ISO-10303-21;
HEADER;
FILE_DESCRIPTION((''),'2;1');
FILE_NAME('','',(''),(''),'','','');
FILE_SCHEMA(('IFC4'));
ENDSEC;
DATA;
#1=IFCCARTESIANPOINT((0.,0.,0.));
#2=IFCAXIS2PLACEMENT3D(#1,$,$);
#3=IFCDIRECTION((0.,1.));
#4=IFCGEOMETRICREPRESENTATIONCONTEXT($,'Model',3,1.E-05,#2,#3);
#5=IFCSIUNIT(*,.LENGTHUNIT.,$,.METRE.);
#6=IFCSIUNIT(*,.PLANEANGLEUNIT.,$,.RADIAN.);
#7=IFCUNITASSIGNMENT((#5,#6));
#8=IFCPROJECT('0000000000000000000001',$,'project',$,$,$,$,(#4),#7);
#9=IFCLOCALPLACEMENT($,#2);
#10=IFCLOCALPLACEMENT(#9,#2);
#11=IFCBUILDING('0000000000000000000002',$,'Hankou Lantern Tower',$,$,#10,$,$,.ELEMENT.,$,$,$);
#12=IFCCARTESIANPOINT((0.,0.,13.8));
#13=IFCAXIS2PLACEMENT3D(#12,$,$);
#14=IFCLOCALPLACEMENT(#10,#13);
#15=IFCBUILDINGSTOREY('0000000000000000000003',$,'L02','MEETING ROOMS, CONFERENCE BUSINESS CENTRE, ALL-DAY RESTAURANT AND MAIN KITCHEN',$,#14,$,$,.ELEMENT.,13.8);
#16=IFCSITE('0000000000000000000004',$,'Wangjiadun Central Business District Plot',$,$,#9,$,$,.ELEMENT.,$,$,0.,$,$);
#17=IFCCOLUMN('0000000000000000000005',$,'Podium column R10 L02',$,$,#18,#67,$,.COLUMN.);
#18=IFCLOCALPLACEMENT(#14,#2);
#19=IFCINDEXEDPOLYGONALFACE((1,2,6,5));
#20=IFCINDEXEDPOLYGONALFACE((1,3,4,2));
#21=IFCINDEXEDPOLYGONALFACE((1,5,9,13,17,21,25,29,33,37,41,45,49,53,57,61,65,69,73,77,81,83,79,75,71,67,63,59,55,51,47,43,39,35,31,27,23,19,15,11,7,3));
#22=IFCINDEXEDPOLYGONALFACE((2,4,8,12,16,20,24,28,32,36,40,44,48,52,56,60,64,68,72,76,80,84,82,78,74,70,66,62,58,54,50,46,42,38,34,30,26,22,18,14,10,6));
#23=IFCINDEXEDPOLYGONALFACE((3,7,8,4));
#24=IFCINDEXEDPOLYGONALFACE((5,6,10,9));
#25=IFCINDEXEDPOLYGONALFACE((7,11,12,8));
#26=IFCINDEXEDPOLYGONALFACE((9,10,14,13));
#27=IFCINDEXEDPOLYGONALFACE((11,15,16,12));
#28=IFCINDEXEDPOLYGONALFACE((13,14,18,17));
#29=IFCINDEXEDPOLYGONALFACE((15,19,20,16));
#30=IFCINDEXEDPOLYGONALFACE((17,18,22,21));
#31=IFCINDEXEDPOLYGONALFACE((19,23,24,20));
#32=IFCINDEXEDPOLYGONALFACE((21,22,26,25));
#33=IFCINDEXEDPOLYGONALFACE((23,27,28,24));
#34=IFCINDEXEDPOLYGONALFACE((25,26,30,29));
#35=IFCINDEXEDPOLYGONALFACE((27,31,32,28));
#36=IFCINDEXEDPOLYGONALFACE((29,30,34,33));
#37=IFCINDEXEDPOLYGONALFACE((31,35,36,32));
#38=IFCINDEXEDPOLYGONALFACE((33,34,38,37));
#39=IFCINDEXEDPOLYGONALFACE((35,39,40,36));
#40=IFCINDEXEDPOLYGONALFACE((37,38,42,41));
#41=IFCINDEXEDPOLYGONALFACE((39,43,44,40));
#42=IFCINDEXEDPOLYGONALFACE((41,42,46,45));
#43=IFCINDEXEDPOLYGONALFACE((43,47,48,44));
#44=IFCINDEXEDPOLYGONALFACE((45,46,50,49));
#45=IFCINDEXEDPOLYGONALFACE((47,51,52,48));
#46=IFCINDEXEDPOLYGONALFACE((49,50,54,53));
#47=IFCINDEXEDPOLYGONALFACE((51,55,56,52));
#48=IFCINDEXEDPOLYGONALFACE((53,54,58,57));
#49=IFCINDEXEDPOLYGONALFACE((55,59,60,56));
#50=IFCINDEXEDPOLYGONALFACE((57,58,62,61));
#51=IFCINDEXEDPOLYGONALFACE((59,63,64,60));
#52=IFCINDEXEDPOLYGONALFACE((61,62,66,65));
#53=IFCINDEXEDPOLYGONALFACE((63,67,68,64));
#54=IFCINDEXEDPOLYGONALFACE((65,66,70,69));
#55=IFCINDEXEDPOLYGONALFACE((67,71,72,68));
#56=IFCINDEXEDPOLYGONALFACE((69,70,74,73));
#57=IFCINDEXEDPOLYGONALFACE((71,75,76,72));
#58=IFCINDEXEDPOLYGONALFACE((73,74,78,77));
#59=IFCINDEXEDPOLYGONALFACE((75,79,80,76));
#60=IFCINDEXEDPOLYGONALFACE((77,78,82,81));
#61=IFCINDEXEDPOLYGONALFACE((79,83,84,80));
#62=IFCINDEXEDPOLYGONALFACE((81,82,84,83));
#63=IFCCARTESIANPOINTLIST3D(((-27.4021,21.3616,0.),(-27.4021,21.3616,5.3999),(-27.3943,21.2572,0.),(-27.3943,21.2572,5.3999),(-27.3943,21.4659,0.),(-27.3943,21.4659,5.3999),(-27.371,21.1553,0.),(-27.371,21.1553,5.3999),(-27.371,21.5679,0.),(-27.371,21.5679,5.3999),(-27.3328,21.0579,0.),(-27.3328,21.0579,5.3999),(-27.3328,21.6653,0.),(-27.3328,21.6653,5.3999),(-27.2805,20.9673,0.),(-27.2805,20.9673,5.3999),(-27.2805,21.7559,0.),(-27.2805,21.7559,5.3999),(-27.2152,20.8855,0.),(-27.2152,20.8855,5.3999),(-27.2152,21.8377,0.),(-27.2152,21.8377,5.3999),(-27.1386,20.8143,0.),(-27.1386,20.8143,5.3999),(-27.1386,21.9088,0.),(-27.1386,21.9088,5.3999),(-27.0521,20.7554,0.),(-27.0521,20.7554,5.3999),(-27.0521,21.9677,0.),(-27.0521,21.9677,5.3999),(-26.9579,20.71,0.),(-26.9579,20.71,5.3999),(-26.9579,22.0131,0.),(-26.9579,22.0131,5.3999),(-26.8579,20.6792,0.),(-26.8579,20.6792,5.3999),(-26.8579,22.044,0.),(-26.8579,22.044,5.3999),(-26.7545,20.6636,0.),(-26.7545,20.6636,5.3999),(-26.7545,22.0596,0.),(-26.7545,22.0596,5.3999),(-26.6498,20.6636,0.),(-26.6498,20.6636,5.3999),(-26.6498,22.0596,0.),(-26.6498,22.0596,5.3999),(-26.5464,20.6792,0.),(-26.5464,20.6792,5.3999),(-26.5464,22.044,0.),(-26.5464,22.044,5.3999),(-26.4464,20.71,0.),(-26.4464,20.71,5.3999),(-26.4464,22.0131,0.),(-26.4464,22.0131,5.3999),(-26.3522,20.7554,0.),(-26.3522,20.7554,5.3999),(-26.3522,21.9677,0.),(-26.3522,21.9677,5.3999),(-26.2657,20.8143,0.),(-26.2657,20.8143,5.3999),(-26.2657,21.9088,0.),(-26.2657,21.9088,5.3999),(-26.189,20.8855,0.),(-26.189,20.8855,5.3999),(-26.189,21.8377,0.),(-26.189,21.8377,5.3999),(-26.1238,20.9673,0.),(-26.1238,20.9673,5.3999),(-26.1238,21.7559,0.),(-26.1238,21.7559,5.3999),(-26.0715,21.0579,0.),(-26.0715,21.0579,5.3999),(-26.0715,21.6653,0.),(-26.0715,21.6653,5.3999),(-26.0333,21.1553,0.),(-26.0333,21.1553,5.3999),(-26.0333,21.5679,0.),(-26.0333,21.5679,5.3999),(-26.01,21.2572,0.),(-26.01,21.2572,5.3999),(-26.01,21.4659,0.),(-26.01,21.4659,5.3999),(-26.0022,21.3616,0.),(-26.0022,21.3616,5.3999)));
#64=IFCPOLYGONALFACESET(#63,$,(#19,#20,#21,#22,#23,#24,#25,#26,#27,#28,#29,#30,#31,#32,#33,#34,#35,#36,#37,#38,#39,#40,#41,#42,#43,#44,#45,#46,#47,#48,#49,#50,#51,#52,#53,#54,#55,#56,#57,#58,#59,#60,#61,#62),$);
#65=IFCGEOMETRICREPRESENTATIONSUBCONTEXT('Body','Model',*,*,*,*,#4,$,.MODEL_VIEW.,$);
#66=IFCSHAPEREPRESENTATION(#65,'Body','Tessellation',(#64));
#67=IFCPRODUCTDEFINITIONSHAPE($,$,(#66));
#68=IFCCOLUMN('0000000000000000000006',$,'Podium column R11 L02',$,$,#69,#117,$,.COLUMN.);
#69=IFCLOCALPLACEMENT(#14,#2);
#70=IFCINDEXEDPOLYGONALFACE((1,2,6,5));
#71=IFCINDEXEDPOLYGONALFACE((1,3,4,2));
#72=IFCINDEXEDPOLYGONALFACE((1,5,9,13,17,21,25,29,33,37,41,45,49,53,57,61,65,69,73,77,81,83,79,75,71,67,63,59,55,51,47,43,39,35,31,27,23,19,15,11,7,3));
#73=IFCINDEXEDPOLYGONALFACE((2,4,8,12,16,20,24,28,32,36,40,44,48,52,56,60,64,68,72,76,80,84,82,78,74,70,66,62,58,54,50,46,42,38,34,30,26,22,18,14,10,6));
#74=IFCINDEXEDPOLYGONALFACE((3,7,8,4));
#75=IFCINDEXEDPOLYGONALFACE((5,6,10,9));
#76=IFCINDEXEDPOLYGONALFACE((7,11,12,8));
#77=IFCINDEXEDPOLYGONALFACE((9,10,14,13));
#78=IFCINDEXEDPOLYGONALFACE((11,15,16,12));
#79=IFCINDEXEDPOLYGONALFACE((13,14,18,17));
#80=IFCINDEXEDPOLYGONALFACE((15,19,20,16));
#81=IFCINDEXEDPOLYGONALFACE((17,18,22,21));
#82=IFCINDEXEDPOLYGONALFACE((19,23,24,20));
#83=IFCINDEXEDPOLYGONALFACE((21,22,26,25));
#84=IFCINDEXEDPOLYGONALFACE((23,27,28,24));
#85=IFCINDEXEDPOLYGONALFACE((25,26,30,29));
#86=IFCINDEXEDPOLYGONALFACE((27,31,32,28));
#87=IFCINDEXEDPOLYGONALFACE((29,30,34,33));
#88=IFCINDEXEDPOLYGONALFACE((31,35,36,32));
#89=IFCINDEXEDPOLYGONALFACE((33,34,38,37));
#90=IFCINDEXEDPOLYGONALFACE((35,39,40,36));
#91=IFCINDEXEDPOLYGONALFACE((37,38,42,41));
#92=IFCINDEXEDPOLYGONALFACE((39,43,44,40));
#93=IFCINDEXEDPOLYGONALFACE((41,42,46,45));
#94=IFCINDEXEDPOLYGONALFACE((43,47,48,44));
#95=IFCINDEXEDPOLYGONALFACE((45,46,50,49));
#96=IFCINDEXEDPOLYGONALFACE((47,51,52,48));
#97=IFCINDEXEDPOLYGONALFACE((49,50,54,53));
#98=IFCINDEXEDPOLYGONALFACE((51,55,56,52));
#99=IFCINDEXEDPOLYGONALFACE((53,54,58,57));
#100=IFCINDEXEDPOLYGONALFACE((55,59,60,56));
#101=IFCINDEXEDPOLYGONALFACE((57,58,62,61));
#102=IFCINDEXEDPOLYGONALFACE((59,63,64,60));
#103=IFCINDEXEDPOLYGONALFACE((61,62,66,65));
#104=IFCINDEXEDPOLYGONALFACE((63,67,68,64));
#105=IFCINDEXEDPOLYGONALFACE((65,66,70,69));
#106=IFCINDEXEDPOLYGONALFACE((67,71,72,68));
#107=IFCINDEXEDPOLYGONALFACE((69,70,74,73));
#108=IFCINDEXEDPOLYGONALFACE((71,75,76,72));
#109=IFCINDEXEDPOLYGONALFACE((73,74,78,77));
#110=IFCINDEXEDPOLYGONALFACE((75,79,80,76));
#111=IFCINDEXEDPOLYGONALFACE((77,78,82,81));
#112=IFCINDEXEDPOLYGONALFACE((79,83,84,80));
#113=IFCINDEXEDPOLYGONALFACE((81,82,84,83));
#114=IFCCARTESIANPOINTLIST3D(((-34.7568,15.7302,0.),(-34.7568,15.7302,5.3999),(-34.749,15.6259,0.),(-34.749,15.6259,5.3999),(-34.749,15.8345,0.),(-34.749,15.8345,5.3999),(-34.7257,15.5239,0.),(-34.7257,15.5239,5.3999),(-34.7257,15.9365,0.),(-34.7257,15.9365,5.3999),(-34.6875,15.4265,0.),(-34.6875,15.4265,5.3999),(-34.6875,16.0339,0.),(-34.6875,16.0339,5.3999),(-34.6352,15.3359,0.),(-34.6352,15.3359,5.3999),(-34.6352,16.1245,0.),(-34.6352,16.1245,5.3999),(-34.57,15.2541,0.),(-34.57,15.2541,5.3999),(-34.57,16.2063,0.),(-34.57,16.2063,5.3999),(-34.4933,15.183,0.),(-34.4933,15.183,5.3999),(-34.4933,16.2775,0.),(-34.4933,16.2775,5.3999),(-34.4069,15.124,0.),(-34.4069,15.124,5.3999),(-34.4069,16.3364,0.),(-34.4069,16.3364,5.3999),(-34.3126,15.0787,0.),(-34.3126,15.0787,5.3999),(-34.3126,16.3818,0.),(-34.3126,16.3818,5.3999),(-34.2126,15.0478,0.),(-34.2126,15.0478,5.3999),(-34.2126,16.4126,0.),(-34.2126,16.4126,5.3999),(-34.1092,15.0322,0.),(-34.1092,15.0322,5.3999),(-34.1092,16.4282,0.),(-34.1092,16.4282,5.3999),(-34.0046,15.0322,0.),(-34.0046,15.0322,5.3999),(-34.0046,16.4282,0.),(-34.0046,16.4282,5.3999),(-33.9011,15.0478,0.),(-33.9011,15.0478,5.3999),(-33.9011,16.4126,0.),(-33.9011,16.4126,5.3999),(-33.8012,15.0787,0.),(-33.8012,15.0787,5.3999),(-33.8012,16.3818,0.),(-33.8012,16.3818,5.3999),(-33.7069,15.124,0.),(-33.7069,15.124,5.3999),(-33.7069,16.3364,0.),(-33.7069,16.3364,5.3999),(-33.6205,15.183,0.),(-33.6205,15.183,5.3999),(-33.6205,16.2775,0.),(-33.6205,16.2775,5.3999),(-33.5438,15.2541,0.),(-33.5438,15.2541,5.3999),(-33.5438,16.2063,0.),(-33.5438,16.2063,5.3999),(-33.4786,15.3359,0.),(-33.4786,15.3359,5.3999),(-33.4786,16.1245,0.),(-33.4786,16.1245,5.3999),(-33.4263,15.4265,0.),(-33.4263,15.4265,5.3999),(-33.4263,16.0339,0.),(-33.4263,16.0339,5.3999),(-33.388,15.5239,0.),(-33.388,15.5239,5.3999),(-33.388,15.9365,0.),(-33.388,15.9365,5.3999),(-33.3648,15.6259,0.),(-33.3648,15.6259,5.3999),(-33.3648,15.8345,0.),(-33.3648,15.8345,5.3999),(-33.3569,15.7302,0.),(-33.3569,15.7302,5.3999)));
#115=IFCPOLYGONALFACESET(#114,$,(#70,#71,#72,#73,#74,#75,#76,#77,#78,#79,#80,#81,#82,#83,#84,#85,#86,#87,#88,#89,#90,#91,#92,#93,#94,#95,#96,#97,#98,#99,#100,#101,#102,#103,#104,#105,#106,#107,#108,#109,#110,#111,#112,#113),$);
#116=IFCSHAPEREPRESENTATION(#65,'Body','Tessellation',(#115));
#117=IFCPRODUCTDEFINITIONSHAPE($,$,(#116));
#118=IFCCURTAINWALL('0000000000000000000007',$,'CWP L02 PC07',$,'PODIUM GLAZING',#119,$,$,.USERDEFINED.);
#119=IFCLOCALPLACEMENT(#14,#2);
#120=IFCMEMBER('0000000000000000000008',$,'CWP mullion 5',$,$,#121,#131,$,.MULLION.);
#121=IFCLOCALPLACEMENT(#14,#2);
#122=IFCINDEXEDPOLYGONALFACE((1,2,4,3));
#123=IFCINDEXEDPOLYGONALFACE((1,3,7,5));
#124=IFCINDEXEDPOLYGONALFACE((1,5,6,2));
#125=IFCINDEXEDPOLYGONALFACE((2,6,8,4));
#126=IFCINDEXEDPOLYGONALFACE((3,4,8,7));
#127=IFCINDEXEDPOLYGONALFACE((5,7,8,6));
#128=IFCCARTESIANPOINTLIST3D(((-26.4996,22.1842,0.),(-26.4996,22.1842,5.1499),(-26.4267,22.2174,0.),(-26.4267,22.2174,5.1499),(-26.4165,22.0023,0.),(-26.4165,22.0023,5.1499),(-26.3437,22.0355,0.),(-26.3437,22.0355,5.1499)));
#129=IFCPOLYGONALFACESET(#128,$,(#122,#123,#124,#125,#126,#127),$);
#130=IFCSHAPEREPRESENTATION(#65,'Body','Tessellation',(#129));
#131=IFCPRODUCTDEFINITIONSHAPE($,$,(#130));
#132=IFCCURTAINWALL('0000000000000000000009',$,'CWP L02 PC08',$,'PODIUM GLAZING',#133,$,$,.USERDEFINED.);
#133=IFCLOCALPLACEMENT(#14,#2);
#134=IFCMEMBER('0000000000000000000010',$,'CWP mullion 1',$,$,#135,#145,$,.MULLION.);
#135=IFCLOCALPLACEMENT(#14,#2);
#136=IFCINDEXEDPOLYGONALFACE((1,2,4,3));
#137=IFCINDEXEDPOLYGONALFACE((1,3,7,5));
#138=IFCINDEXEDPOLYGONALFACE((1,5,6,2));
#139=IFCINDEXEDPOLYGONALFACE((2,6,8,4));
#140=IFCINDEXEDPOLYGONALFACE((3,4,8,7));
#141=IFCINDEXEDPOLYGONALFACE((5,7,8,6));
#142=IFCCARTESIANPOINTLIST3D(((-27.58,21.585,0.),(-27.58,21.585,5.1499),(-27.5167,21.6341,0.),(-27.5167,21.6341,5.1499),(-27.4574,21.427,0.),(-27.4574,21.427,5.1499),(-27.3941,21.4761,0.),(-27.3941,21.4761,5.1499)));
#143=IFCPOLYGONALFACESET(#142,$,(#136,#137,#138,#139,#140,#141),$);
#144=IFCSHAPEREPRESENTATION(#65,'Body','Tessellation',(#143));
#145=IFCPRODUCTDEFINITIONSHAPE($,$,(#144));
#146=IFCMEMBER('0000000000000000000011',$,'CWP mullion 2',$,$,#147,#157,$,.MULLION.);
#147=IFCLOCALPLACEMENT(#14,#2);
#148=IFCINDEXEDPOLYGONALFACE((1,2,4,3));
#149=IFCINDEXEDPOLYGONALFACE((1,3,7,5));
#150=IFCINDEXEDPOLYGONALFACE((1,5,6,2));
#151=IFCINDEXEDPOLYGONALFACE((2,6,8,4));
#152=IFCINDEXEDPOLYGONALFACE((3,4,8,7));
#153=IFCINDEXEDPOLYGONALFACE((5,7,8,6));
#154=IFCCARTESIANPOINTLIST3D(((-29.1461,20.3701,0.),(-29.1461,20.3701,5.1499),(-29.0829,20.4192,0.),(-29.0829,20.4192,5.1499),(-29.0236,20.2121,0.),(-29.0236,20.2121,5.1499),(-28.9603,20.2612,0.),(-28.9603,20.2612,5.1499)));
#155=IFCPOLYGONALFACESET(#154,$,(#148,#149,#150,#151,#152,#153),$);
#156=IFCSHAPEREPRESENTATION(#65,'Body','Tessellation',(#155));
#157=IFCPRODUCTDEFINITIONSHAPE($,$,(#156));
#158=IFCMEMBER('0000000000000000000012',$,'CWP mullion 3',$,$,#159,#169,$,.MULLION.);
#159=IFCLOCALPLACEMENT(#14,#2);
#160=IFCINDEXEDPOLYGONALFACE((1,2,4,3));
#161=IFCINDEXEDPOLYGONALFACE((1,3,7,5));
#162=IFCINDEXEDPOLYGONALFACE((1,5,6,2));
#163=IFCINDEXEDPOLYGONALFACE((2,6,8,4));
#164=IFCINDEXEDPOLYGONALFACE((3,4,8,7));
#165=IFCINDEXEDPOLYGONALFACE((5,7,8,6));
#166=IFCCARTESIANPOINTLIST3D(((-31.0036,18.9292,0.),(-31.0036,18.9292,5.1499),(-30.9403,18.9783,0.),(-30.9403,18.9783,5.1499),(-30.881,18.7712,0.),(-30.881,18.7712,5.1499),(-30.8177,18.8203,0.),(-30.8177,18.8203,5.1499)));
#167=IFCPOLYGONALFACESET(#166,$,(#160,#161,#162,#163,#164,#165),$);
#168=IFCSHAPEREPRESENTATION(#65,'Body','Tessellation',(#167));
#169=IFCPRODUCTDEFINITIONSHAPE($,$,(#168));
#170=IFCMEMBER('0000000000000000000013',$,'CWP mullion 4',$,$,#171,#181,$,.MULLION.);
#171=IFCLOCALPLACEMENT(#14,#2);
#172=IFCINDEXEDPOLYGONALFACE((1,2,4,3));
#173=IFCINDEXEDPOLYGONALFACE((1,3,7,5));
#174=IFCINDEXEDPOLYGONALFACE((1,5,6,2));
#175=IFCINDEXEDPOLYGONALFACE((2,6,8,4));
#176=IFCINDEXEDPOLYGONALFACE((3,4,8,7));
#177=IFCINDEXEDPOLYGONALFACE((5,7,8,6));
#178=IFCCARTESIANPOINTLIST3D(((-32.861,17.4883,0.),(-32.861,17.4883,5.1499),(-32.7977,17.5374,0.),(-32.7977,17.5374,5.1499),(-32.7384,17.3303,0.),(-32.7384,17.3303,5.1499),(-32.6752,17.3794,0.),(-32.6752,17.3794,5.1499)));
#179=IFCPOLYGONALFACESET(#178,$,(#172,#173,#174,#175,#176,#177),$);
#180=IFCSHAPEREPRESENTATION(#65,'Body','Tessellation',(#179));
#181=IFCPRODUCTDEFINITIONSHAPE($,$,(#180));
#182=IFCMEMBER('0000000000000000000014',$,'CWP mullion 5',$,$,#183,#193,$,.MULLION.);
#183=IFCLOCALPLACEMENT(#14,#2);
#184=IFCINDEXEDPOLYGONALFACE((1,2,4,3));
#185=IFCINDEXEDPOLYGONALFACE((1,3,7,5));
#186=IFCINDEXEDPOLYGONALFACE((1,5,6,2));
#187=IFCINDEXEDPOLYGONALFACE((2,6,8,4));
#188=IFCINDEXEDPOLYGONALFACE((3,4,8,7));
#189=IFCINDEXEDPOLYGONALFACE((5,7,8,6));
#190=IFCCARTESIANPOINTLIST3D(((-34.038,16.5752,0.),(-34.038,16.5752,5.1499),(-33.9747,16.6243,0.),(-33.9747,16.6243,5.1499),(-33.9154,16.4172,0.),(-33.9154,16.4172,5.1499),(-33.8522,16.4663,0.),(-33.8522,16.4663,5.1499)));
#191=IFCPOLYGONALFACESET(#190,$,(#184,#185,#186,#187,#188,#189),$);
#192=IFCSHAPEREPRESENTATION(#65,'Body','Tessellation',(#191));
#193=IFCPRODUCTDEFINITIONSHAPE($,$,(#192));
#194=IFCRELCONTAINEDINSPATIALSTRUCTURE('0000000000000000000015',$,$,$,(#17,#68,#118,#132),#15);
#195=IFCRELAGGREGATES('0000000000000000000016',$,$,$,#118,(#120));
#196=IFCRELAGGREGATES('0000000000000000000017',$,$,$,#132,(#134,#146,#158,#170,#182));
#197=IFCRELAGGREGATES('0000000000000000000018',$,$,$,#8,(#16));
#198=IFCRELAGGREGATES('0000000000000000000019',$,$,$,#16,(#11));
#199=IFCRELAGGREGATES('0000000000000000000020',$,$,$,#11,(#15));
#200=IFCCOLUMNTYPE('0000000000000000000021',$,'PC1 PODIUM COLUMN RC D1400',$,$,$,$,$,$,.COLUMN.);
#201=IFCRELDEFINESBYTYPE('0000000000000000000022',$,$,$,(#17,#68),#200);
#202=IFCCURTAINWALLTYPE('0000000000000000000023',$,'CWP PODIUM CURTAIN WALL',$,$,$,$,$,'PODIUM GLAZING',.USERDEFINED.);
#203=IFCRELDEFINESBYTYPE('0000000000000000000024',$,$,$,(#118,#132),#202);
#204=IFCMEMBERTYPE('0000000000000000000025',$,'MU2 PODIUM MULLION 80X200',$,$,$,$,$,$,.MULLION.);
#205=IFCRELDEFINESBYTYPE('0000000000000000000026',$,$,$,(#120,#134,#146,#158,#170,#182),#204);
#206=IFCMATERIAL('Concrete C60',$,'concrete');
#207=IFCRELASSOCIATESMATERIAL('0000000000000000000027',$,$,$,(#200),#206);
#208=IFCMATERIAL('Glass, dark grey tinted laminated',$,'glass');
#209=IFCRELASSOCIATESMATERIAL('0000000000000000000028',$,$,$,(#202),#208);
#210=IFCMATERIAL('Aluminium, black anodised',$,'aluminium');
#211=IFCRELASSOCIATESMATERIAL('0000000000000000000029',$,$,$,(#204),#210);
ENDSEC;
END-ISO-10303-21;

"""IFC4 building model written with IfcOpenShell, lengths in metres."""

from ifc_helpers import new_model, si_unit, direction, frame, origin, origin_2d, place, context, subcontext, project, spatial, rectangle, circle, extrude, material, material_profile, profile_set, type_object, element, aggregate, save


model = new_model("IFC4")

# Units and contexts
model_context = context("Model", 3, precision=1e-05, world=origin(), true_north=direction((0.0, 1.0)))
body_context = subcontext(model_context, "Body", "Model", "MODEL_VIEW")
ifc_project = project(units=[si_unit("LENGTHUNIT", "METRE"), si_unit("PLANEANGLEUNIT", "RADIAN")], contexts=[model_context])

# Site, building, storey
site_placement = place(None, origin())
site = spatial("IfcSite", under=ifc_project, at=site_placement, Name="Wangjiadun Central Business District Plot", CompositionType="ELEMENT", RefElevation=0.0)
building_placement = place(site_placement, origin())
building = spatial("IfcBuilding", under=site, at=building_placement, Name="Hankou Lantern Tower", CompositionType="ELEMENT")
storey_placement = place(building_placement, frame((0.0, 0.0, 13.8)))
storey = spatial("IfcBuildingStorey", under=building, at=storey_placement, Name="L02", Description="MEETING ROOMS, CONFERENCE BUSINESS CENTRE, ALL-DAY RESTAURANT AND MAIN KITCHEN", CompositionType="ELEMENT", Elevation=13.8)

# Columns
ifc_material_1 = material(Name="Concrete C60", Category="concrete")
ifc_material_profile_1 = material_profile(ifc_material_1, circle(Radius=0.7, at=origin_2d()), Name="RC D1400")
ifc_profile_set_1 = profile_set([ifc_material_profile_1], Name="Concrete C60")
column_type = type_object("IfcColumnType", Name="PC1 PODIUM COLUMN RC D1400", PredefinedType="COLUMN", material=ifc_profile_set_1)
for number, where, z_axis, x_axis, name in (
    (1, (-26.7021, 21.3616, 0.0), (0.0, 0.0, 1.0), (1.0, 0.0, 0.0), "Podium column R10 L02"),
    (2, (-34.0569, 15.7302, 0.0), (0.0, 0.0, 1.0), (1.0, 0.0, 0.0), "Podium column R11 L02"),
):
    element("IfcColumn", number, at=place(storey_placement, frame(where, z_axis=z_axis, x_axis=x_axis)), inside=storey, type_object=column_type, Name=name, PredefinedType="COLUMN", context=body_context, shape_type="SweptSolid", body=[
        extrude(circle(Radius=0.7, at=origin_2d()), origin(), (0.0, 0.0, 1.0), 5.3999),
    ])

# Curtain wall, member
ifc_material_2 = material(Name="Glass, dark grey tinted laminated", Category="glass")
curtain_wall_type = type_object("IfcCurtainWallType", Name="CWP PODIUM CURTAIN WALL", ElementType="PODIUM GLAZING", PredefinedType="USERDEFINED", material=ifc_material_2)
curtain_wall_1_placement = place(storey_placement, origin())
curtain_wall_1 = element("IfcCurtainWall", 3, at=curtain_wall_1_placement, inside=storey, type_object=curtain_wall_type, Name="CWP L02 PC07", ObjectType="PODIUM GLAZING", PredefinedType="USERDEFINED")
ifc_material_3 = material(Name="Aluminium, black anodised", Category="aluminium")
ifc_material_profile_2 = material_profile(ifc_material_3, rectangle(XDim=0.0801, YDim=0.2, at=origin_2d()), Name="MU2 80X200")
ifc_profile_set_2 = profile_set([ifc_material_profile_2], Name="Aluminium, black anodised")
member_type_1 = type_object("IfcMemberType", Name="MU2 PODIUM MULLION 80X200", PredefinedType="MULLION", material=ifc_profile_set_2)
member_1_placement = place(storey_placement, frame((-26.4216, 22.1099, 0.0), z_axis=(0.0, 0.0, 1.0), x_axis=(-0.90967, -0.415332, 0.0)))
member_1 = element("IfcMember", 4, at=member_1_placement, type_object=member_type_1, Name="CWP mullion 5", PredefinedType="MULLION", context=body_context, shape_type="SweptSolid", body=[
    extrude(rectangle(XDim=0.0801, YDim=0.2, at=origin_2d()), origin(), (0.0, 0.0, 1.0), 5.1499),
])
aggregate(curtain_wall_1, [member_1])

# Curtain wall, members
curtain_wall_2_placement = place(storey_placement, origin())
curtain_wall_2 = element("IfcCurtainWall", 5, at=curtain_wall_2_placement, inside=storey, type_object=curtain_wall_type, Name="CWP L02 PC08", ObjectType="PODIUM GLAZING", PredefinedType="USERDEFINED")
member_2_placement = place(storey_placement, frame((-27.4871, 21.5305, 0.0), z_axis=(0.0, 0.0, 1.0), x_axis=(-0.79013, -0.61294, 0.0)))
member_2 = element("IfcMember", 6, at=member_2_placement, type_object=member_type_1, Name="CWP mullion 1", PredefinedType="MULLION", context=body_context, shape_type="SweptSolid", body=[
    extrude(rectangle(XDim=0.0801, YDim=0.2, at=origin_2d()), origin(), (0.0, 0.0, 1.0), 5.1499),
])
member_3_placement = place(storey_placement, frame((-29.0532, 20.3157, 0.0), z_axis=(0.0, 0.0, 1.0), x_axis=(-0.79013, -0.61294, 0.0)))
member_3 = element("IfcMember", 7, at=member_3_placement, type_object=member_type_1, Name="CWP mullion 2", PredefinedType="MULLION", context=body_context, shape_type="SweptSolid", body=[
    extrude(rectangle(XDim=0.0801, YDim=0.2, at=origin_2d()), origin(), (0.0, 0.0, 1.0), 5.1499),
])
member_4_placement = place(storey_placement, frame((-30.9106, 18.8748, 0.0), z_axis=(0.0, 0.0, 1.0), x_axis=(-0.79013, -0.61294, 0.0)))
member_4 = element("IfcMember", 8, at=member_4_placement, type_object=member_type_1, Name="CWP mullion 3", PredefinedType="MULLION", context=body_context, shape_type="SweptSolid", body=[
    extrude(rectangle(XDim=0.0801, YDim=0.2, at=origin_2d()), origin(), (0.0, 0.0, 1.0), 5.1499),
])
member_5_placement = place(storey_placement, frame((-32.7681, 17.4338, 0.0), z_axis=(0.0, 0.0, 1.0), x_axis=(-0.79013, -0.61294, 0.0)))
member_5 = element("IfcMember", 9, at=member_5_placement, type_object=member_type_1, Name="CWP mullion 4", PredefinedType="MULLION", context=body_context, shape_type="SweptSolid", body=[
    extrude(rectangle(XDim=0.0801, YDim=0.2, at=origin_2d()), origin(), (0.0, 0.0, 1.0), 5.1499),
])
member_6_placement = place(storey_placement, frame((-33.9451, 16.5208, 0.0), z_axis=(0.0, 0.0, 1.0), x_axis=(-0.79013, -0.61294, 0.0)))
member_6 = element("IfcMember", 10, at=member_6_placement, type_object=member_type_1, Name="CWP mullion 5", PredefinedType="MULLION", context=body_context, shape_type="SweptSolid", body=[
    extrude(rectangle(XDim=0.0801, YDim=0.2, at=origin_2d()), origin(), (0.0, 0.0, 1.0), 5.1499),
])

aggregate(curtain_wall_2, [member_2, member_3, member_4, member_5, member_6])

save(model, "model.ifc")
